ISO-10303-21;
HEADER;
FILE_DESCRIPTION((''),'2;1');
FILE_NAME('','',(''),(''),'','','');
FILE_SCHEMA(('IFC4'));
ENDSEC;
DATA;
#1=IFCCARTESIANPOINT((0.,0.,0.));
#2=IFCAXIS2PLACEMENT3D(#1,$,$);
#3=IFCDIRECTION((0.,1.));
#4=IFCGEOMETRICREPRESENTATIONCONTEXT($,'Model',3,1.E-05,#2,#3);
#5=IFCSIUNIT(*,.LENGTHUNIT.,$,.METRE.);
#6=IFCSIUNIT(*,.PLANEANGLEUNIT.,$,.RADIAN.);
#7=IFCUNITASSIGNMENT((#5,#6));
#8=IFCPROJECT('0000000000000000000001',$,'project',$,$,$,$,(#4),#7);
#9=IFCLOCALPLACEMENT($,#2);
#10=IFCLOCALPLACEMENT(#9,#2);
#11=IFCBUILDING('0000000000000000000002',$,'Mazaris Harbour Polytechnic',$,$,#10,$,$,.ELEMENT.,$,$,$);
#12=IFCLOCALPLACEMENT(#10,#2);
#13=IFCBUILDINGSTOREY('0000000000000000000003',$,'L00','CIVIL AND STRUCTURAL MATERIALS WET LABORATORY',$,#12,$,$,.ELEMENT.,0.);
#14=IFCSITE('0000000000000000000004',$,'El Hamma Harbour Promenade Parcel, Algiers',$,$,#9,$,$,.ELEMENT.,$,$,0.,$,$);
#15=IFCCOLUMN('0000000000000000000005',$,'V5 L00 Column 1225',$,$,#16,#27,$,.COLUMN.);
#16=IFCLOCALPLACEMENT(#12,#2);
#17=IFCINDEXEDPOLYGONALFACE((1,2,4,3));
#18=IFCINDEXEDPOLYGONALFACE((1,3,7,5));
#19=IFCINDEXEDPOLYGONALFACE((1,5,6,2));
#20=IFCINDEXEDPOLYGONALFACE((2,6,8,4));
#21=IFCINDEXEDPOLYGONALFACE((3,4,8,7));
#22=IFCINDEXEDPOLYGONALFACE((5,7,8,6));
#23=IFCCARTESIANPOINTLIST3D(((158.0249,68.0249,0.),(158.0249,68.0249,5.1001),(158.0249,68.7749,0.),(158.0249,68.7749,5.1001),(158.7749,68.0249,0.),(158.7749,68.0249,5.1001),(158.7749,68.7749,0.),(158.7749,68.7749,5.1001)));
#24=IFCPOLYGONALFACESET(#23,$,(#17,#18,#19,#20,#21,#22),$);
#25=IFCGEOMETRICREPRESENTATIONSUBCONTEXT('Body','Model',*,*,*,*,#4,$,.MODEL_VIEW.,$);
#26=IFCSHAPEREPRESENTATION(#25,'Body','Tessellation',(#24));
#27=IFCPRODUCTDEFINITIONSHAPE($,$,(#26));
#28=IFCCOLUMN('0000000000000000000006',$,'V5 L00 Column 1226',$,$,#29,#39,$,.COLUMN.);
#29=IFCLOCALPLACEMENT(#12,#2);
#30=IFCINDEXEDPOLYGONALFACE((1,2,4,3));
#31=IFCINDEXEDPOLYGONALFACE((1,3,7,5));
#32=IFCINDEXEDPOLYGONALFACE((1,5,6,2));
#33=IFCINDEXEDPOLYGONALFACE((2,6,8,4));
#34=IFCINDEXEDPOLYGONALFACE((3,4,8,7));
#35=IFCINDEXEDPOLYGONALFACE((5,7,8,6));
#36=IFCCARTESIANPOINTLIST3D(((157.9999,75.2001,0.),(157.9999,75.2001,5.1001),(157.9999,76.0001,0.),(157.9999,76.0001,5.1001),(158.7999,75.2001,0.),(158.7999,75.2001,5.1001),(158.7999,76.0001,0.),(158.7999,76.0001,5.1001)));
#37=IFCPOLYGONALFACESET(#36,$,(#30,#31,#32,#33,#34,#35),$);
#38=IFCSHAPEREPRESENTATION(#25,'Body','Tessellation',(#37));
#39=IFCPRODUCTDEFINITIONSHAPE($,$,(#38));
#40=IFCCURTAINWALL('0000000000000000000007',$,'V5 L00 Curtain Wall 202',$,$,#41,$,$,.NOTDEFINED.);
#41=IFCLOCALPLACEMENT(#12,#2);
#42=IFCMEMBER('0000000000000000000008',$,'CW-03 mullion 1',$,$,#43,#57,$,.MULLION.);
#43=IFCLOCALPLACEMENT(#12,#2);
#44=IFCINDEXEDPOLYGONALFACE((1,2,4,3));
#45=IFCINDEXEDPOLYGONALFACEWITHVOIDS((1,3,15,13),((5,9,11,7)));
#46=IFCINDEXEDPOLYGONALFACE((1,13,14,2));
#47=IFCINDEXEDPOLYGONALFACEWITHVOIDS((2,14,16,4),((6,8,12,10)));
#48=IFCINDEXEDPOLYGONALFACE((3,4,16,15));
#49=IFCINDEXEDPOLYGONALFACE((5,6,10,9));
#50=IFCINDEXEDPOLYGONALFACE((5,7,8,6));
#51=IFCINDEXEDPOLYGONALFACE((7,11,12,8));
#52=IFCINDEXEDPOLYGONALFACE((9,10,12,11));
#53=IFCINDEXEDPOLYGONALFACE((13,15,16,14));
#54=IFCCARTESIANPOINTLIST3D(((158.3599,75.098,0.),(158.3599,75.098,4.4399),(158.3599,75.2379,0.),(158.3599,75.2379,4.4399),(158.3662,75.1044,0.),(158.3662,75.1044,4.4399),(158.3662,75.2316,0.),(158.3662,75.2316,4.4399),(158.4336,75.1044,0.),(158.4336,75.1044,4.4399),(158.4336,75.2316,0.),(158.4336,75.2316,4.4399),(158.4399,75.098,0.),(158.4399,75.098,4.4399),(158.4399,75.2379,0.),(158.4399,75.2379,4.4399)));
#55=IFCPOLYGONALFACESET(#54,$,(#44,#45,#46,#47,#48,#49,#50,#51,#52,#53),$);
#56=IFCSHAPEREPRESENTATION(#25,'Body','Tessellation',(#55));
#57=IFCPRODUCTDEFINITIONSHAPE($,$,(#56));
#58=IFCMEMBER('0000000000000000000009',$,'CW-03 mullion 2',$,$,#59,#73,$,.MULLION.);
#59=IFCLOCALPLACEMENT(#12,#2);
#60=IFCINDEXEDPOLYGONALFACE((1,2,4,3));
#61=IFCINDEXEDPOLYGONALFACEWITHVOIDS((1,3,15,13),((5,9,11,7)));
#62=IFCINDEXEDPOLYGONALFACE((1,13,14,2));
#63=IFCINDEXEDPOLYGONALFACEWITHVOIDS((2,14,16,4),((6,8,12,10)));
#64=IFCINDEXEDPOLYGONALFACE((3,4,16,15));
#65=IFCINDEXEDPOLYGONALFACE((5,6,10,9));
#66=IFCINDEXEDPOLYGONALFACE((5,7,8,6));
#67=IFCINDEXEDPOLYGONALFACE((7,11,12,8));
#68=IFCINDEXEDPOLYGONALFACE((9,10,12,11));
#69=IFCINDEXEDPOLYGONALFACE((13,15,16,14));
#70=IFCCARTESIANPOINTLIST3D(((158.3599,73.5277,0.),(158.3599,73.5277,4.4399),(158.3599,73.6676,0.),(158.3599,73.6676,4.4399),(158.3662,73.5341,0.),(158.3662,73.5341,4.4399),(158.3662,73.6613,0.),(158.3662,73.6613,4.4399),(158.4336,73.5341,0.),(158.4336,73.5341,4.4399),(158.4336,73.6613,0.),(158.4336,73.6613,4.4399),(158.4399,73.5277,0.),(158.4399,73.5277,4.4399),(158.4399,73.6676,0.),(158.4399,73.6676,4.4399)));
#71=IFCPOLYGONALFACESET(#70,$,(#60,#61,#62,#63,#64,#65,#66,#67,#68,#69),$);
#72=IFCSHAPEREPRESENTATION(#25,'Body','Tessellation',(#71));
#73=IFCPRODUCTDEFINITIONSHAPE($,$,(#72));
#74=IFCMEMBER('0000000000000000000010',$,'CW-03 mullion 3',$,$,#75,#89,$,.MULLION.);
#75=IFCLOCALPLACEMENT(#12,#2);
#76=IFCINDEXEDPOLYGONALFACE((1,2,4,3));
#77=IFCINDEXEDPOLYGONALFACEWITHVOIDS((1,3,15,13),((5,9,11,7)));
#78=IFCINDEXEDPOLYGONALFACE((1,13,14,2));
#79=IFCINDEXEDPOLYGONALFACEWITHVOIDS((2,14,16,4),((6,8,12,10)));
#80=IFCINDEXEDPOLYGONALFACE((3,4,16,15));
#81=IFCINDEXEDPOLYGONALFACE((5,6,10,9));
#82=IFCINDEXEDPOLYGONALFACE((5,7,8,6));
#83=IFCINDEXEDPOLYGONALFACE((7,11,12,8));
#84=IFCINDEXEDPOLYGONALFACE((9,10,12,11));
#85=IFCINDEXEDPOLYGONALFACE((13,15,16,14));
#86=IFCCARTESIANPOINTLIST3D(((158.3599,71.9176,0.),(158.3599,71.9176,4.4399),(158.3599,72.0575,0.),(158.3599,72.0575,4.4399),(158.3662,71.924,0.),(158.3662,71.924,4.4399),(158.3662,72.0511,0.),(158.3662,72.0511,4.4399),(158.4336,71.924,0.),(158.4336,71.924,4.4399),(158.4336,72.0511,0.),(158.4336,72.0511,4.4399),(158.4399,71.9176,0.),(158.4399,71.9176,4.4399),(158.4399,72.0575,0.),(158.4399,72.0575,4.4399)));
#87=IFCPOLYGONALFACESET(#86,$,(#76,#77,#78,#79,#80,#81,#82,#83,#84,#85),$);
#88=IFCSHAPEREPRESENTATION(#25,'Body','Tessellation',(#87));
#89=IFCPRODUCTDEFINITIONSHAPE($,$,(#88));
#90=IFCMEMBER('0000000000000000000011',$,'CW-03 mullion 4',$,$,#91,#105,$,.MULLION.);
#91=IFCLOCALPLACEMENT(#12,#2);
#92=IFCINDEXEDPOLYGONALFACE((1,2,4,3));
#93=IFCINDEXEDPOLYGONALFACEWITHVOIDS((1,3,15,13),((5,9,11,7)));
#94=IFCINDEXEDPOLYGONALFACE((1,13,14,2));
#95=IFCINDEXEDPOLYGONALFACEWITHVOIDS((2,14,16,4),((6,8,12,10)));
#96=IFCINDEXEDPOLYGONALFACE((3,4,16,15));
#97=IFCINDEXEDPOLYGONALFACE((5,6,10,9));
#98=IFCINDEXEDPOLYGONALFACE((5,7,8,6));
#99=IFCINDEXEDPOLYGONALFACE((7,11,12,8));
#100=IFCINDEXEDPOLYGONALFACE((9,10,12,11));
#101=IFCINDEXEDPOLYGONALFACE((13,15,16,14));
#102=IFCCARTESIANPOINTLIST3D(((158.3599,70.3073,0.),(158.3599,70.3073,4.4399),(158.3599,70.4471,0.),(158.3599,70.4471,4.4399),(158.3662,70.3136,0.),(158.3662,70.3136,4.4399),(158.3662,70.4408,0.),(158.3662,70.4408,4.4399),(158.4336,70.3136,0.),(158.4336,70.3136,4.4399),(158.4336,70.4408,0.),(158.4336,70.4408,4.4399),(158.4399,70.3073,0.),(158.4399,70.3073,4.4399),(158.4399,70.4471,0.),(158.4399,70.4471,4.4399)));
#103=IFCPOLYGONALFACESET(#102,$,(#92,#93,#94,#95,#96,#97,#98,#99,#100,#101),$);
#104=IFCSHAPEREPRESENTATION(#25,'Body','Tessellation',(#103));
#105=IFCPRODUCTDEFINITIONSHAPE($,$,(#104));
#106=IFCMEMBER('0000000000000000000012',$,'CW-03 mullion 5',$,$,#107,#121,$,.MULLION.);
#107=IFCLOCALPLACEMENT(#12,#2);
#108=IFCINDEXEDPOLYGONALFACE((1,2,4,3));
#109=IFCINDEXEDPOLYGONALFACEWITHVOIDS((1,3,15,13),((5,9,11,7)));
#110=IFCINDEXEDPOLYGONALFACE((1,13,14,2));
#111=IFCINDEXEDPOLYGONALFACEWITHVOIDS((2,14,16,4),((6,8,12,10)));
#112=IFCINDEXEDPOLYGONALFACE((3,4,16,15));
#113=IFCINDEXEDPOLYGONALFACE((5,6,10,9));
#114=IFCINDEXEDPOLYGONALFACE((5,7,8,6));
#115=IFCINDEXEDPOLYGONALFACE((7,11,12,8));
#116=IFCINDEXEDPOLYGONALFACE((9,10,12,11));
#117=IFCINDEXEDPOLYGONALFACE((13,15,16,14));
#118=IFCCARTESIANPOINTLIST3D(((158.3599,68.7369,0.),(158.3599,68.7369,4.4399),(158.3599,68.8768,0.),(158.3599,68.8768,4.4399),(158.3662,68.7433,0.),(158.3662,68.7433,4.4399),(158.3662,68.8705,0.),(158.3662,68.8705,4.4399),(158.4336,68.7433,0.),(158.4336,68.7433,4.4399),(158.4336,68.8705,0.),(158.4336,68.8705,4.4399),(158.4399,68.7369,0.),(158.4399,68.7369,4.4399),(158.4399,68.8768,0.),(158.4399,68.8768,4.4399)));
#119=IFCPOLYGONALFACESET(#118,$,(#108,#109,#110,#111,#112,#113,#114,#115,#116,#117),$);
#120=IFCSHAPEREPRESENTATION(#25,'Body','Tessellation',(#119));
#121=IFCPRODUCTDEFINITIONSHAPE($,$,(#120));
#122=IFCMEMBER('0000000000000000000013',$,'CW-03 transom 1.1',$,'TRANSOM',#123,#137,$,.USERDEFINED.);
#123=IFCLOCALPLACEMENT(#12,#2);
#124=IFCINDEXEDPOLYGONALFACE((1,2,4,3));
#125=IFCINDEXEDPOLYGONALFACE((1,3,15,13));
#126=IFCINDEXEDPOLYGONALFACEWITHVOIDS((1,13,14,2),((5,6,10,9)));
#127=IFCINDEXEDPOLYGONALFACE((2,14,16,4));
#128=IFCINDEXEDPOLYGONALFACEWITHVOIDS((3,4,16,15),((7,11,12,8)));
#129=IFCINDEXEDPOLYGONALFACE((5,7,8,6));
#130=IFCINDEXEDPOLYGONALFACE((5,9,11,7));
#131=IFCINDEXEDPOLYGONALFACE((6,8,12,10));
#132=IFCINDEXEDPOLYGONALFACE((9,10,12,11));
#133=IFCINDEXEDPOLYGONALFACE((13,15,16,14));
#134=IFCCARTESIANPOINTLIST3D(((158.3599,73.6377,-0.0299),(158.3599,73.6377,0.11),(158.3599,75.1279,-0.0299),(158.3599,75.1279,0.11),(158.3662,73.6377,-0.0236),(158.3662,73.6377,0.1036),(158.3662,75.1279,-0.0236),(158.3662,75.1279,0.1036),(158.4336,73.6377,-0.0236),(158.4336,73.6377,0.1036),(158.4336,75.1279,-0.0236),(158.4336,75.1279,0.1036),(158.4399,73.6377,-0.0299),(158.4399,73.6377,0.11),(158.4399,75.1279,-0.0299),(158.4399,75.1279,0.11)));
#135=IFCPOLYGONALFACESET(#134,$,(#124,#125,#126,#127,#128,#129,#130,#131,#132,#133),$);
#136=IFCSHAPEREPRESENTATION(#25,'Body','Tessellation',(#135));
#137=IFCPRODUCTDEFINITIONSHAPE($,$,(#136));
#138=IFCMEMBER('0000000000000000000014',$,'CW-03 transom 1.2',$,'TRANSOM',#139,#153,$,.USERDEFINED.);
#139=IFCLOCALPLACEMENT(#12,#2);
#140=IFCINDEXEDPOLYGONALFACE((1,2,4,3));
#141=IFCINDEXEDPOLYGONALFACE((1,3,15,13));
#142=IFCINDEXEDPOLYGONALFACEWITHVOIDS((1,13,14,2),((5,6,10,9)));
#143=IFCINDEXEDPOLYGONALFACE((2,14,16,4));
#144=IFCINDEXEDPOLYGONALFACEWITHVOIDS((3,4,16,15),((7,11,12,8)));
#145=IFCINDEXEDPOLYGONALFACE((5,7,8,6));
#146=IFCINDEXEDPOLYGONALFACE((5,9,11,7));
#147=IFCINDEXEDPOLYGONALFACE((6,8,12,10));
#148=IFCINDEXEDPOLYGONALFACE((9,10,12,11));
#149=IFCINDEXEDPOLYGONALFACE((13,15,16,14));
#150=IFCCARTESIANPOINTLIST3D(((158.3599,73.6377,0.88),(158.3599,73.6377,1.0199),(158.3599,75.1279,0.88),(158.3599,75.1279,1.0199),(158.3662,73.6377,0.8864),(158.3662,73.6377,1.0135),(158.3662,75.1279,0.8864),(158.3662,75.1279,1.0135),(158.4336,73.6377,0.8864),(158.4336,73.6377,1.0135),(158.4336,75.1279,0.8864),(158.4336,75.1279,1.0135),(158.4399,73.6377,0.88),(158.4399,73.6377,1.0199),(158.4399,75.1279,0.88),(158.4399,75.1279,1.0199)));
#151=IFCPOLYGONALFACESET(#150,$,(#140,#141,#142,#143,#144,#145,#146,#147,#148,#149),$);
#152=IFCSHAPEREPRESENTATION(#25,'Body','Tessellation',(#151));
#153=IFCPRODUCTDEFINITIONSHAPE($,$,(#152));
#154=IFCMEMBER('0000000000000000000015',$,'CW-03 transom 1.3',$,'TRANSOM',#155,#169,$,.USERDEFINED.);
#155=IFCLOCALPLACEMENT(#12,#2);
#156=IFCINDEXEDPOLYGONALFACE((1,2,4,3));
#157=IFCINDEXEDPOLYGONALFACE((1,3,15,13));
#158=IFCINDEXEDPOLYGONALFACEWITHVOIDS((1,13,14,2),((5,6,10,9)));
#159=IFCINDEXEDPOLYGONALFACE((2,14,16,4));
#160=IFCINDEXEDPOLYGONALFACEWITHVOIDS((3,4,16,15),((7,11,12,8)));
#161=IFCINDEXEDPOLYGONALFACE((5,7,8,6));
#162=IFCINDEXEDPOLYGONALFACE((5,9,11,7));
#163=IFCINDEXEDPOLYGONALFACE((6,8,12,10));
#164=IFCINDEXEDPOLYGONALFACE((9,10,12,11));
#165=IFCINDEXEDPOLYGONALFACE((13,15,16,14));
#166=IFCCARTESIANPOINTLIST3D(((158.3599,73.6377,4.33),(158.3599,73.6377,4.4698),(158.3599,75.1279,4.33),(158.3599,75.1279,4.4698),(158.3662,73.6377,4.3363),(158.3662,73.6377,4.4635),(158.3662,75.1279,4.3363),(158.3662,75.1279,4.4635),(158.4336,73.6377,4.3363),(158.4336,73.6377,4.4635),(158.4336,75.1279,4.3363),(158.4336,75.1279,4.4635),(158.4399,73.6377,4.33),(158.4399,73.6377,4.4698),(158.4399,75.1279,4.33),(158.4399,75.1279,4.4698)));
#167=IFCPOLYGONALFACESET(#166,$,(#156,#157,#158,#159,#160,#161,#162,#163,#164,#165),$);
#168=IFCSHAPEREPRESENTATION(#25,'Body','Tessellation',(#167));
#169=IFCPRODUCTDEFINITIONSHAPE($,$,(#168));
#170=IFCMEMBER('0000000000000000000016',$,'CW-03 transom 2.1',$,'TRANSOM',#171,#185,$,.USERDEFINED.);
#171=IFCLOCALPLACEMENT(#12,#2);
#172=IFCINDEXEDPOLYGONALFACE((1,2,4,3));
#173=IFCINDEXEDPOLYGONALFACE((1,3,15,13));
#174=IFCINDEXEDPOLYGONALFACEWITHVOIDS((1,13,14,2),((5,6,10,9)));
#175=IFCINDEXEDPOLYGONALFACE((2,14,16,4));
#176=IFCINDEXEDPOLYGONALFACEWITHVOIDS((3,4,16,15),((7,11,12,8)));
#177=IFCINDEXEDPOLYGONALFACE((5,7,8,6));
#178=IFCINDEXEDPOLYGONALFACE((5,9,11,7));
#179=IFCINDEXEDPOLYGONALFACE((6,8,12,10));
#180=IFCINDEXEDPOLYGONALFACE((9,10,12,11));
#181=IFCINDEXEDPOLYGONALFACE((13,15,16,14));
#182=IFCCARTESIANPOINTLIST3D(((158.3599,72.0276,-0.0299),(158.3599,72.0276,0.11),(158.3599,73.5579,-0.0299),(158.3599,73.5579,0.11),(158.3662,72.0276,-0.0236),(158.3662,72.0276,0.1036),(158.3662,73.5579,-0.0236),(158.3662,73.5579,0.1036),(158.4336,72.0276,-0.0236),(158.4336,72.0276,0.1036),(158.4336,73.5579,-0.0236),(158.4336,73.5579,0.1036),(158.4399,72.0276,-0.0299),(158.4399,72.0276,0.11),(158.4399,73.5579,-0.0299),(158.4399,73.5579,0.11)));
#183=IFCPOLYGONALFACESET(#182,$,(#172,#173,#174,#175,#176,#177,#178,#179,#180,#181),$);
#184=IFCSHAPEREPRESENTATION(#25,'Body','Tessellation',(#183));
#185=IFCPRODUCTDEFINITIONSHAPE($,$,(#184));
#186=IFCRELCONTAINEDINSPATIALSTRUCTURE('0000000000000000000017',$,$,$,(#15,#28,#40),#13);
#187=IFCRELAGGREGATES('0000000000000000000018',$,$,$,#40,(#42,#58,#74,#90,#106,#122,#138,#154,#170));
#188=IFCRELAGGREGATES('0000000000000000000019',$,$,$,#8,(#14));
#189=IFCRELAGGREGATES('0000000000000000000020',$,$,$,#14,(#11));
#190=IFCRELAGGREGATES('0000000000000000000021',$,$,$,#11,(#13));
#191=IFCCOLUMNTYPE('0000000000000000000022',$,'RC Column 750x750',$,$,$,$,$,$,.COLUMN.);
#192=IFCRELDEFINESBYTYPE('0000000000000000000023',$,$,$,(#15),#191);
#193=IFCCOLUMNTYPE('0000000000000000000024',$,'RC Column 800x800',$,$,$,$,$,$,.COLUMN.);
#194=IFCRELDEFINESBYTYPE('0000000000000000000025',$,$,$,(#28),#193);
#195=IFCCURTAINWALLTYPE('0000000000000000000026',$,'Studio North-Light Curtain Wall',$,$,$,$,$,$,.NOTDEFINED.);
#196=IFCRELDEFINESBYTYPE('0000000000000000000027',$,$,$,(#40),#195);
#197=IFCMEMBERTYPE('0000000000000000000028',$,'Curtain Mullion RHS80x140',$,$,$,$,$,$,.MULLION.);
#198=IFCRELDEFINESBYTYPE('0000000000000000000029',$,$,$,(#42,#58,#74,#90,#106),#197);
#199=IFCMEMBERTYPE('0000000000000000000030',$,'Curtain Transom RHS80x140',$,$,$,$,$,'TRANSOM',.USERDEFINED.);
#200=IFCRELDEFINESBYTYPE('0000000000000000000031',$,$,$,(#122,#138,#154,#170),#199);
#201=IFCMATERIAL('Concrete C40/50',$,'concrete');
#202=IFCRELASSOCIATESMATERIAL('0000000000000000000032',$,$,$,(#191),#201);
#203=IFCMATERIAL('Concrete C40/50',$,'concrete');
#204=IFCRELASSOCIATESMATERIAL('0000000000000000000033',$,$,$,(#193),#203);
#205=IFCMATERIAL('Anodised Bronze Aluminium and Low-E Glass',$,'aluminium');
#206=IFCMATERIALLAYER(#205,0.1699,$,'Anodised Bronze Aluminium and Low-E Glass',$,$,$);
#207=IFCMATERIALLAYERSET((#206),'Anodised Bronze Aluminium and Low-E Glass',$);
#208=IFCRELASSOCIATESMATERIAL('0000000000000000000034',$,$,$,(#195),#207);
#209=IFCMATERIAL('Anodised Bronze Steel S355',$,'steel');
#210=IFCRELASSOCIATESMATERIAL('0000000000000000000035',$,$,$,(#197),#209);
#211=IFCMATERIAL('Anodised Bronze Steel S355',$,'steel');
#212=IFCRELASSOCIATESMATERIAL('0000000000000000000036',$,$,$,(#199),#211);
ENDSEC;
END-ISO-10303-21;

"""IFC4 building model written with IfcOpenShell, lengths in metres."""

from ifc_helpers import new_model, si_unit, direction, frame, origin, origin_2d, place, context, subcontext, project, spatial, rectangle, hollow_rectangle, extrude, material, layer, layer_set, material_profile, profile_set, type_object, element, aggregate, save


model = new_model("IFC4")

# Units and contexts
model_context = context("Model", 3, precision=1e-05, world=origin(), true_north=direction((0.0, 1.0)))
body_context = subcontext(model_context, "Body", "Model", "MODEL_VIEW")
ifc_project = project(units=[si_unit("LENGTHUNIT", "METRE"), si_unit("PLANEANGLEUNIT", "RADIAN")], contexts=[model_context])

# Site, building, storey
site_placement = place(None, origin())
site = spatial("IfcSite", under=ifc_project, at=site_placement, Name="El Hamma Harbour Promenade Parcel, Algiers", CompositionType="ELEMENT", RefElevation=0.0)
building_placement = place(site_placement, origin())
building = spatial("IfcBuilding", under=site, at=building_placement, Name="Mazaris Harbour Polytechnic", CompositionType="ELEMENT")
storey_placement = place(building_placement, origin())
storey = spatial("IfcBuildingStorey", under=building, at=storey_placement, Name="L00", Description="CIVIL AND STRUCTURAL MATERIALS WET LABORATORY", CompositionType="ELEMENT", Elevation=0.0)

# Columns
ifc_material_1 = material(Name="Concrete C40/50", Category="concrete")
ifc_material_profile_1 = material_profile(ifc_material_1, rectangle(XDim=0.75, YDim=0.75, at=origin_2d()), Name="RECT750x750")
ifc_profile_set_1 = profile_set([ifc_material_profile_1], Name="Concrete C40/50")
column_type_1 = type_object("IfcColumnType", Name="RC Column 750x750", PredefinedType="COLUMN", material=ifc_profile_set_1)
column_1_placement = place(storey_placement, frame((158.3999, 68.3999, 0.0), z_axis=(0.0, 0.0, 1.0), x_axis=(1.0, 0.0, 0.0)))
element("IfcColumn", 1, at=column_1_placement, inside=storey, type_object=column_type_1, Name="V5 L00 Column 1225", PredefinedType="COLUMN", context=body_context, shape_type="SweptSolid", body=[
    extrude(rectangle(XDim=0.75, YDim=0.75, at=origin_2d()), origin(), (0.0, 0.0, 1.0), 5.1001),
])
ifc_material_2 = material(Name="Concrete C40/50", Category="concrete")
ifc_material_profile_2 = material_profile(ifc_material_2, rectangle(XDim=0.8, YDim=0.8, at=origin_2d()), Name="RECT800x800")
ifc_profile_set_2 = profile_set([ifc_material_profile_2], Name="Concrete C40/50")
column_type_2 = type_object("IfcColumnType", Name="RC Column 800x800", PredefinedType="COLUMN", material=ifc_profile_set_2)
column_2_placement = place(storey_placement, frame((158.3999, 75.6001, 0.0), z_axis=(0.0, 0.0, 1.0), x_axis=(1.0, 0.0, 0.0)))
element("IfcColumn", 2, at=column_2_placement, inside=storey, type_object=column_type_2, Name="V5 L00 Column 1226", PredefinedType="COLUMN", context=body_context, shape_type="SweptSolid", body=[
    extrude(rectangle(XDim=0.8, YDim=0.8, at=origin_2d()), origin(), (0.0, 0.0, 1.0), 5.1001),
])

# Curtain wall, members
ifc_material_3 = material(Name="Anodised Bronze Aluminium and Low-E Glass", Category="aluminium")
ifc_layer_1 = layer(ifc_material_3, 0.1699, Name="Anodised Bronze Aluminium and Low-E Glass")
ifc_layer_set_1 = layer_set([ifc_layer_1], Name="Anodised Bronze Aluminium and Low-E Glass")
curtain_wall_type = type_object("IfcCurtainWallType", Name="Studio North-Light Curtain Wall", PredefinedType="NOTDEFINED", material=ifc_layer_set_1)
curtain_wall_placement = place(storey_placement, origin())
curtain_wall = element("IfcCurtainWall", 3, at=curtain_wall_placement, inside=storey, type_object=curtain_wall_type, Name="V5 L00 Curtain Wall 202", PredefinedType="NOTDEFINED")
ifc_material_4 = material(Name="Anodised Bronze Steel S355", Category="steel")
ifc_material_profile_3 = material_profile(ifc_material_4, hollow_rectangle(XDim=0.0801, YDim=0.1399, WallThickness=0.0063, at=origin_2d()), Name="RHS 80x140x6.3")
ifc_profile_set_3 = profile_set([ifc_material_profile_3], Name="Anodised Bronze Steel S355")
member_type_1 = type_object("IfcMemberType", Name="Curtain Mullion RHS80x140", PredefinedType="MULLION", material=ifc_profile_set_3)
member_1_placement = place(storey_placement, frame((158.3999, 75.168, 0.0), z_axis=(0.0, 0.0, 1.0), x_axis=(1.0, 0.0, 0.0)))
member_1 = element("IfcMember", 4, at=member_1_placement, type_object=member_type_1, Name="CW-03 mullion 1", PredefinedType="MULLION", context=body_context, shape_type="SweptSolid", body=[
    extrude(hollow_rectangle(XDim=0.0801, YDim=0.1399, WallThickness=0.0063, at=origin_2d()), origin(), (0.0, 0.0, 1.0), 4.4399),
])
member_2_placement = place(storey_placement, frame((158.3999, 73.5977, 0.0), z_axis=(0.0, 0.0, 1.0), x_axis=(1.0, 0.0, 0.0)))
member_2 = element("IfcMember", 5, at=member_2_placement, type_object=member_type_1, Name="CW-03 mullion 2", PredefinedType="MULLION", context=body_context, shape_type="SweptSolid", body=[
    extrude(hollow_rectangle(XDim=0.0801, YDim=0.1399, WallThickness=0.0063, at=origin_2d()), origin(), (0.0, 0.0, 1.0), 4.4399),
])
member_3_placement = place(storey_placement, frame((158.3999, 71.9875, 0.0), z_axis=(0.0, 0.0, 1.0), x_axis=(1.0, 0.0, 0.0)))
member_3 = element("IfcMember", 6, at=member_3_placement, type_object=member_type_1, Name="CW-03 mullion 3", PredefinedType="MULLION", context=body_context, shape_type="SweptSolid", body=[
    extrude(hollow_rectangle(XDim=0.0801, YDim=0.1399, WallThickness=0.0063, at=origin_2d()), origin(), (0.0, 0.0, 1.0), 4.4399),
])
member_4_placement = place(storey_placement, frame((158.3999, 70.3772, 0.0), z_axis=(0.0, 0.0, 1.0), x_axis=(1.0, 0.0, 0.0)))
member_4 = element("IfcMember", 7, at=member_4_placement, type_object=member_type_1, Name="CW-03 mullion 4", PredefinedType="MULLION", context=body_context, shape_type="SweptSolid", body=[
    extrude(hollow_rectangle(XDim=0.0801, YDim=0.1399, WallThickness=0.0063, at=origin_2d()), origin(), (0.0, 0.0, 1.0), 4.4399),
])
member_5_placement = place(storey_placement, frame((158.3999, 68.8069, 0.0), z_axis=(0.0, 0.0, 1.0), x_axis=(1.0, 0.0, 0.0)))
member_5 = element("IfcMember", 8, at=member_5_placement, type_object=member_type_1, Name="CW-03 mullion 5", PredefinedType="MULLION", context=body_context, shape_type="SweptSolid", body=[
    extrude(hollow_rectangle(XDim=0.0801, YDim=0.1399, WallThickness=0.0063, at=origin_2d()), origin(), (0.0, 0.0, 1.0), 4.4399),
])
ifc_material_5 = material(Name="Anodised Bronze Steel S355", Category="steel")
ifc_material_profile_4 = material_profile(ifc_material_5, hollow_rectangle(XDim=0.0801, YDim=0.1399, WallThickness=0.0063, at=origin_2d()), Name="RHS 80x140x6.3")
ifc_profile_set_4 = profile_set([ifc_material_profile_4], Name="Anodised Bronze Steel S355")
member_type_2 = type_object("IfcMemberType", Name="Curtain Transom RHS80x140", ElementType="TRANSOM", PredefinedType="USERDEFINED", material=ifc_profile_set_4)
member_6_placement = place(storey_placement, frame((158.3999, 75.1279, 0.04), z_axis=(0.0, -1.0, 0.0), x_axis=(1.0, 0.0, 0.0)))
member_6 = element("IfcMember", 9, at=member_6_placement, type_object=member_type_2, Name="CW-03 transom 1.1", ObjectType="TRANSOM", PredefinedType="USERDEFINED", context=body_context, shape_type="SweptSolid", body=[
    extrude(hollow_rectangle(XDim=0.0801, YDim=0.1399, WallThickness=0.0063, at=origin_2d()), origin(), (0.0, 0.0, 1.0), 1.4902),
])
member_7_placement = place(storey_placement, frame((158.3999, 75.1279, 0.95), z_axis=(0.0, -1.0, 0.0), x_axis=(1.0, 0.0, 0.0)))
member_7 = element("IfcMember", 10, at=member_7_placement, type_object=member_type_2, Name="CW-03 transom 1.2", ObjectType="TRANSOM", PredefinedType="USERDEFINED", context=body_context, shape_type="SweptSolid", body=[
    extrude(hollow_rectangle(XDim=0.0801, YDim=0.1399, WallThickness=0.0063, at=origin_2d()), origin(), (0.0, 0.0, 1.0), 1.4902),
])
member_8_placement = place(storey_placement, frame((158.3999, 75.1279, 4.3999), z_axis=(0.0, -1.0, 0.0), x_axis=(1.0, 0.0, 0.0)))
member_8 = element("IfcMember", 11, at=member_8_placement, type_object=member_type_2, Name="CW-03 transom 1.3", ObjectType="TRANSOM", PredefinedType="USERDEFINED", context=body_context, shape_type="SweptSolid", body=[
    extrude(hollow_rectangle(XDim=0.0801, YDim=0.1399, WallThickness=0.0063, at=origin_2d()), origin(), (0.0, 0.0, 1.0), 1.4902),
])
member_9_placement = place(storey_placement, frame((158.3999, 73.5579, 0.04), z_axis=(0.0, -1.0, 0.0), x_axis=(1.0, 0.0, 0.0)))
member_9 = element("IfcMember", 12, at=member_9_placement, type_object=member_type_2, Name="CW-03 transom 2.1", ObjectType="TRANSOM", PredefinedType="USERDEFINED", context=body_context, shape_type="SweptSolid", body=[
    extrude(hollow_rectangle(XDim=0.0801, YDim=0.1399, WallThickness=0.0063, at=origin_2d()), origin(), (0.0, 0.0, 1.0), 1.5303),
])

aggregate(curtain_wall, [member_1, member_2, member_3, member_4, member_5, member_6, member_7, member_8, member_9])

save(model, "model.ifc")
